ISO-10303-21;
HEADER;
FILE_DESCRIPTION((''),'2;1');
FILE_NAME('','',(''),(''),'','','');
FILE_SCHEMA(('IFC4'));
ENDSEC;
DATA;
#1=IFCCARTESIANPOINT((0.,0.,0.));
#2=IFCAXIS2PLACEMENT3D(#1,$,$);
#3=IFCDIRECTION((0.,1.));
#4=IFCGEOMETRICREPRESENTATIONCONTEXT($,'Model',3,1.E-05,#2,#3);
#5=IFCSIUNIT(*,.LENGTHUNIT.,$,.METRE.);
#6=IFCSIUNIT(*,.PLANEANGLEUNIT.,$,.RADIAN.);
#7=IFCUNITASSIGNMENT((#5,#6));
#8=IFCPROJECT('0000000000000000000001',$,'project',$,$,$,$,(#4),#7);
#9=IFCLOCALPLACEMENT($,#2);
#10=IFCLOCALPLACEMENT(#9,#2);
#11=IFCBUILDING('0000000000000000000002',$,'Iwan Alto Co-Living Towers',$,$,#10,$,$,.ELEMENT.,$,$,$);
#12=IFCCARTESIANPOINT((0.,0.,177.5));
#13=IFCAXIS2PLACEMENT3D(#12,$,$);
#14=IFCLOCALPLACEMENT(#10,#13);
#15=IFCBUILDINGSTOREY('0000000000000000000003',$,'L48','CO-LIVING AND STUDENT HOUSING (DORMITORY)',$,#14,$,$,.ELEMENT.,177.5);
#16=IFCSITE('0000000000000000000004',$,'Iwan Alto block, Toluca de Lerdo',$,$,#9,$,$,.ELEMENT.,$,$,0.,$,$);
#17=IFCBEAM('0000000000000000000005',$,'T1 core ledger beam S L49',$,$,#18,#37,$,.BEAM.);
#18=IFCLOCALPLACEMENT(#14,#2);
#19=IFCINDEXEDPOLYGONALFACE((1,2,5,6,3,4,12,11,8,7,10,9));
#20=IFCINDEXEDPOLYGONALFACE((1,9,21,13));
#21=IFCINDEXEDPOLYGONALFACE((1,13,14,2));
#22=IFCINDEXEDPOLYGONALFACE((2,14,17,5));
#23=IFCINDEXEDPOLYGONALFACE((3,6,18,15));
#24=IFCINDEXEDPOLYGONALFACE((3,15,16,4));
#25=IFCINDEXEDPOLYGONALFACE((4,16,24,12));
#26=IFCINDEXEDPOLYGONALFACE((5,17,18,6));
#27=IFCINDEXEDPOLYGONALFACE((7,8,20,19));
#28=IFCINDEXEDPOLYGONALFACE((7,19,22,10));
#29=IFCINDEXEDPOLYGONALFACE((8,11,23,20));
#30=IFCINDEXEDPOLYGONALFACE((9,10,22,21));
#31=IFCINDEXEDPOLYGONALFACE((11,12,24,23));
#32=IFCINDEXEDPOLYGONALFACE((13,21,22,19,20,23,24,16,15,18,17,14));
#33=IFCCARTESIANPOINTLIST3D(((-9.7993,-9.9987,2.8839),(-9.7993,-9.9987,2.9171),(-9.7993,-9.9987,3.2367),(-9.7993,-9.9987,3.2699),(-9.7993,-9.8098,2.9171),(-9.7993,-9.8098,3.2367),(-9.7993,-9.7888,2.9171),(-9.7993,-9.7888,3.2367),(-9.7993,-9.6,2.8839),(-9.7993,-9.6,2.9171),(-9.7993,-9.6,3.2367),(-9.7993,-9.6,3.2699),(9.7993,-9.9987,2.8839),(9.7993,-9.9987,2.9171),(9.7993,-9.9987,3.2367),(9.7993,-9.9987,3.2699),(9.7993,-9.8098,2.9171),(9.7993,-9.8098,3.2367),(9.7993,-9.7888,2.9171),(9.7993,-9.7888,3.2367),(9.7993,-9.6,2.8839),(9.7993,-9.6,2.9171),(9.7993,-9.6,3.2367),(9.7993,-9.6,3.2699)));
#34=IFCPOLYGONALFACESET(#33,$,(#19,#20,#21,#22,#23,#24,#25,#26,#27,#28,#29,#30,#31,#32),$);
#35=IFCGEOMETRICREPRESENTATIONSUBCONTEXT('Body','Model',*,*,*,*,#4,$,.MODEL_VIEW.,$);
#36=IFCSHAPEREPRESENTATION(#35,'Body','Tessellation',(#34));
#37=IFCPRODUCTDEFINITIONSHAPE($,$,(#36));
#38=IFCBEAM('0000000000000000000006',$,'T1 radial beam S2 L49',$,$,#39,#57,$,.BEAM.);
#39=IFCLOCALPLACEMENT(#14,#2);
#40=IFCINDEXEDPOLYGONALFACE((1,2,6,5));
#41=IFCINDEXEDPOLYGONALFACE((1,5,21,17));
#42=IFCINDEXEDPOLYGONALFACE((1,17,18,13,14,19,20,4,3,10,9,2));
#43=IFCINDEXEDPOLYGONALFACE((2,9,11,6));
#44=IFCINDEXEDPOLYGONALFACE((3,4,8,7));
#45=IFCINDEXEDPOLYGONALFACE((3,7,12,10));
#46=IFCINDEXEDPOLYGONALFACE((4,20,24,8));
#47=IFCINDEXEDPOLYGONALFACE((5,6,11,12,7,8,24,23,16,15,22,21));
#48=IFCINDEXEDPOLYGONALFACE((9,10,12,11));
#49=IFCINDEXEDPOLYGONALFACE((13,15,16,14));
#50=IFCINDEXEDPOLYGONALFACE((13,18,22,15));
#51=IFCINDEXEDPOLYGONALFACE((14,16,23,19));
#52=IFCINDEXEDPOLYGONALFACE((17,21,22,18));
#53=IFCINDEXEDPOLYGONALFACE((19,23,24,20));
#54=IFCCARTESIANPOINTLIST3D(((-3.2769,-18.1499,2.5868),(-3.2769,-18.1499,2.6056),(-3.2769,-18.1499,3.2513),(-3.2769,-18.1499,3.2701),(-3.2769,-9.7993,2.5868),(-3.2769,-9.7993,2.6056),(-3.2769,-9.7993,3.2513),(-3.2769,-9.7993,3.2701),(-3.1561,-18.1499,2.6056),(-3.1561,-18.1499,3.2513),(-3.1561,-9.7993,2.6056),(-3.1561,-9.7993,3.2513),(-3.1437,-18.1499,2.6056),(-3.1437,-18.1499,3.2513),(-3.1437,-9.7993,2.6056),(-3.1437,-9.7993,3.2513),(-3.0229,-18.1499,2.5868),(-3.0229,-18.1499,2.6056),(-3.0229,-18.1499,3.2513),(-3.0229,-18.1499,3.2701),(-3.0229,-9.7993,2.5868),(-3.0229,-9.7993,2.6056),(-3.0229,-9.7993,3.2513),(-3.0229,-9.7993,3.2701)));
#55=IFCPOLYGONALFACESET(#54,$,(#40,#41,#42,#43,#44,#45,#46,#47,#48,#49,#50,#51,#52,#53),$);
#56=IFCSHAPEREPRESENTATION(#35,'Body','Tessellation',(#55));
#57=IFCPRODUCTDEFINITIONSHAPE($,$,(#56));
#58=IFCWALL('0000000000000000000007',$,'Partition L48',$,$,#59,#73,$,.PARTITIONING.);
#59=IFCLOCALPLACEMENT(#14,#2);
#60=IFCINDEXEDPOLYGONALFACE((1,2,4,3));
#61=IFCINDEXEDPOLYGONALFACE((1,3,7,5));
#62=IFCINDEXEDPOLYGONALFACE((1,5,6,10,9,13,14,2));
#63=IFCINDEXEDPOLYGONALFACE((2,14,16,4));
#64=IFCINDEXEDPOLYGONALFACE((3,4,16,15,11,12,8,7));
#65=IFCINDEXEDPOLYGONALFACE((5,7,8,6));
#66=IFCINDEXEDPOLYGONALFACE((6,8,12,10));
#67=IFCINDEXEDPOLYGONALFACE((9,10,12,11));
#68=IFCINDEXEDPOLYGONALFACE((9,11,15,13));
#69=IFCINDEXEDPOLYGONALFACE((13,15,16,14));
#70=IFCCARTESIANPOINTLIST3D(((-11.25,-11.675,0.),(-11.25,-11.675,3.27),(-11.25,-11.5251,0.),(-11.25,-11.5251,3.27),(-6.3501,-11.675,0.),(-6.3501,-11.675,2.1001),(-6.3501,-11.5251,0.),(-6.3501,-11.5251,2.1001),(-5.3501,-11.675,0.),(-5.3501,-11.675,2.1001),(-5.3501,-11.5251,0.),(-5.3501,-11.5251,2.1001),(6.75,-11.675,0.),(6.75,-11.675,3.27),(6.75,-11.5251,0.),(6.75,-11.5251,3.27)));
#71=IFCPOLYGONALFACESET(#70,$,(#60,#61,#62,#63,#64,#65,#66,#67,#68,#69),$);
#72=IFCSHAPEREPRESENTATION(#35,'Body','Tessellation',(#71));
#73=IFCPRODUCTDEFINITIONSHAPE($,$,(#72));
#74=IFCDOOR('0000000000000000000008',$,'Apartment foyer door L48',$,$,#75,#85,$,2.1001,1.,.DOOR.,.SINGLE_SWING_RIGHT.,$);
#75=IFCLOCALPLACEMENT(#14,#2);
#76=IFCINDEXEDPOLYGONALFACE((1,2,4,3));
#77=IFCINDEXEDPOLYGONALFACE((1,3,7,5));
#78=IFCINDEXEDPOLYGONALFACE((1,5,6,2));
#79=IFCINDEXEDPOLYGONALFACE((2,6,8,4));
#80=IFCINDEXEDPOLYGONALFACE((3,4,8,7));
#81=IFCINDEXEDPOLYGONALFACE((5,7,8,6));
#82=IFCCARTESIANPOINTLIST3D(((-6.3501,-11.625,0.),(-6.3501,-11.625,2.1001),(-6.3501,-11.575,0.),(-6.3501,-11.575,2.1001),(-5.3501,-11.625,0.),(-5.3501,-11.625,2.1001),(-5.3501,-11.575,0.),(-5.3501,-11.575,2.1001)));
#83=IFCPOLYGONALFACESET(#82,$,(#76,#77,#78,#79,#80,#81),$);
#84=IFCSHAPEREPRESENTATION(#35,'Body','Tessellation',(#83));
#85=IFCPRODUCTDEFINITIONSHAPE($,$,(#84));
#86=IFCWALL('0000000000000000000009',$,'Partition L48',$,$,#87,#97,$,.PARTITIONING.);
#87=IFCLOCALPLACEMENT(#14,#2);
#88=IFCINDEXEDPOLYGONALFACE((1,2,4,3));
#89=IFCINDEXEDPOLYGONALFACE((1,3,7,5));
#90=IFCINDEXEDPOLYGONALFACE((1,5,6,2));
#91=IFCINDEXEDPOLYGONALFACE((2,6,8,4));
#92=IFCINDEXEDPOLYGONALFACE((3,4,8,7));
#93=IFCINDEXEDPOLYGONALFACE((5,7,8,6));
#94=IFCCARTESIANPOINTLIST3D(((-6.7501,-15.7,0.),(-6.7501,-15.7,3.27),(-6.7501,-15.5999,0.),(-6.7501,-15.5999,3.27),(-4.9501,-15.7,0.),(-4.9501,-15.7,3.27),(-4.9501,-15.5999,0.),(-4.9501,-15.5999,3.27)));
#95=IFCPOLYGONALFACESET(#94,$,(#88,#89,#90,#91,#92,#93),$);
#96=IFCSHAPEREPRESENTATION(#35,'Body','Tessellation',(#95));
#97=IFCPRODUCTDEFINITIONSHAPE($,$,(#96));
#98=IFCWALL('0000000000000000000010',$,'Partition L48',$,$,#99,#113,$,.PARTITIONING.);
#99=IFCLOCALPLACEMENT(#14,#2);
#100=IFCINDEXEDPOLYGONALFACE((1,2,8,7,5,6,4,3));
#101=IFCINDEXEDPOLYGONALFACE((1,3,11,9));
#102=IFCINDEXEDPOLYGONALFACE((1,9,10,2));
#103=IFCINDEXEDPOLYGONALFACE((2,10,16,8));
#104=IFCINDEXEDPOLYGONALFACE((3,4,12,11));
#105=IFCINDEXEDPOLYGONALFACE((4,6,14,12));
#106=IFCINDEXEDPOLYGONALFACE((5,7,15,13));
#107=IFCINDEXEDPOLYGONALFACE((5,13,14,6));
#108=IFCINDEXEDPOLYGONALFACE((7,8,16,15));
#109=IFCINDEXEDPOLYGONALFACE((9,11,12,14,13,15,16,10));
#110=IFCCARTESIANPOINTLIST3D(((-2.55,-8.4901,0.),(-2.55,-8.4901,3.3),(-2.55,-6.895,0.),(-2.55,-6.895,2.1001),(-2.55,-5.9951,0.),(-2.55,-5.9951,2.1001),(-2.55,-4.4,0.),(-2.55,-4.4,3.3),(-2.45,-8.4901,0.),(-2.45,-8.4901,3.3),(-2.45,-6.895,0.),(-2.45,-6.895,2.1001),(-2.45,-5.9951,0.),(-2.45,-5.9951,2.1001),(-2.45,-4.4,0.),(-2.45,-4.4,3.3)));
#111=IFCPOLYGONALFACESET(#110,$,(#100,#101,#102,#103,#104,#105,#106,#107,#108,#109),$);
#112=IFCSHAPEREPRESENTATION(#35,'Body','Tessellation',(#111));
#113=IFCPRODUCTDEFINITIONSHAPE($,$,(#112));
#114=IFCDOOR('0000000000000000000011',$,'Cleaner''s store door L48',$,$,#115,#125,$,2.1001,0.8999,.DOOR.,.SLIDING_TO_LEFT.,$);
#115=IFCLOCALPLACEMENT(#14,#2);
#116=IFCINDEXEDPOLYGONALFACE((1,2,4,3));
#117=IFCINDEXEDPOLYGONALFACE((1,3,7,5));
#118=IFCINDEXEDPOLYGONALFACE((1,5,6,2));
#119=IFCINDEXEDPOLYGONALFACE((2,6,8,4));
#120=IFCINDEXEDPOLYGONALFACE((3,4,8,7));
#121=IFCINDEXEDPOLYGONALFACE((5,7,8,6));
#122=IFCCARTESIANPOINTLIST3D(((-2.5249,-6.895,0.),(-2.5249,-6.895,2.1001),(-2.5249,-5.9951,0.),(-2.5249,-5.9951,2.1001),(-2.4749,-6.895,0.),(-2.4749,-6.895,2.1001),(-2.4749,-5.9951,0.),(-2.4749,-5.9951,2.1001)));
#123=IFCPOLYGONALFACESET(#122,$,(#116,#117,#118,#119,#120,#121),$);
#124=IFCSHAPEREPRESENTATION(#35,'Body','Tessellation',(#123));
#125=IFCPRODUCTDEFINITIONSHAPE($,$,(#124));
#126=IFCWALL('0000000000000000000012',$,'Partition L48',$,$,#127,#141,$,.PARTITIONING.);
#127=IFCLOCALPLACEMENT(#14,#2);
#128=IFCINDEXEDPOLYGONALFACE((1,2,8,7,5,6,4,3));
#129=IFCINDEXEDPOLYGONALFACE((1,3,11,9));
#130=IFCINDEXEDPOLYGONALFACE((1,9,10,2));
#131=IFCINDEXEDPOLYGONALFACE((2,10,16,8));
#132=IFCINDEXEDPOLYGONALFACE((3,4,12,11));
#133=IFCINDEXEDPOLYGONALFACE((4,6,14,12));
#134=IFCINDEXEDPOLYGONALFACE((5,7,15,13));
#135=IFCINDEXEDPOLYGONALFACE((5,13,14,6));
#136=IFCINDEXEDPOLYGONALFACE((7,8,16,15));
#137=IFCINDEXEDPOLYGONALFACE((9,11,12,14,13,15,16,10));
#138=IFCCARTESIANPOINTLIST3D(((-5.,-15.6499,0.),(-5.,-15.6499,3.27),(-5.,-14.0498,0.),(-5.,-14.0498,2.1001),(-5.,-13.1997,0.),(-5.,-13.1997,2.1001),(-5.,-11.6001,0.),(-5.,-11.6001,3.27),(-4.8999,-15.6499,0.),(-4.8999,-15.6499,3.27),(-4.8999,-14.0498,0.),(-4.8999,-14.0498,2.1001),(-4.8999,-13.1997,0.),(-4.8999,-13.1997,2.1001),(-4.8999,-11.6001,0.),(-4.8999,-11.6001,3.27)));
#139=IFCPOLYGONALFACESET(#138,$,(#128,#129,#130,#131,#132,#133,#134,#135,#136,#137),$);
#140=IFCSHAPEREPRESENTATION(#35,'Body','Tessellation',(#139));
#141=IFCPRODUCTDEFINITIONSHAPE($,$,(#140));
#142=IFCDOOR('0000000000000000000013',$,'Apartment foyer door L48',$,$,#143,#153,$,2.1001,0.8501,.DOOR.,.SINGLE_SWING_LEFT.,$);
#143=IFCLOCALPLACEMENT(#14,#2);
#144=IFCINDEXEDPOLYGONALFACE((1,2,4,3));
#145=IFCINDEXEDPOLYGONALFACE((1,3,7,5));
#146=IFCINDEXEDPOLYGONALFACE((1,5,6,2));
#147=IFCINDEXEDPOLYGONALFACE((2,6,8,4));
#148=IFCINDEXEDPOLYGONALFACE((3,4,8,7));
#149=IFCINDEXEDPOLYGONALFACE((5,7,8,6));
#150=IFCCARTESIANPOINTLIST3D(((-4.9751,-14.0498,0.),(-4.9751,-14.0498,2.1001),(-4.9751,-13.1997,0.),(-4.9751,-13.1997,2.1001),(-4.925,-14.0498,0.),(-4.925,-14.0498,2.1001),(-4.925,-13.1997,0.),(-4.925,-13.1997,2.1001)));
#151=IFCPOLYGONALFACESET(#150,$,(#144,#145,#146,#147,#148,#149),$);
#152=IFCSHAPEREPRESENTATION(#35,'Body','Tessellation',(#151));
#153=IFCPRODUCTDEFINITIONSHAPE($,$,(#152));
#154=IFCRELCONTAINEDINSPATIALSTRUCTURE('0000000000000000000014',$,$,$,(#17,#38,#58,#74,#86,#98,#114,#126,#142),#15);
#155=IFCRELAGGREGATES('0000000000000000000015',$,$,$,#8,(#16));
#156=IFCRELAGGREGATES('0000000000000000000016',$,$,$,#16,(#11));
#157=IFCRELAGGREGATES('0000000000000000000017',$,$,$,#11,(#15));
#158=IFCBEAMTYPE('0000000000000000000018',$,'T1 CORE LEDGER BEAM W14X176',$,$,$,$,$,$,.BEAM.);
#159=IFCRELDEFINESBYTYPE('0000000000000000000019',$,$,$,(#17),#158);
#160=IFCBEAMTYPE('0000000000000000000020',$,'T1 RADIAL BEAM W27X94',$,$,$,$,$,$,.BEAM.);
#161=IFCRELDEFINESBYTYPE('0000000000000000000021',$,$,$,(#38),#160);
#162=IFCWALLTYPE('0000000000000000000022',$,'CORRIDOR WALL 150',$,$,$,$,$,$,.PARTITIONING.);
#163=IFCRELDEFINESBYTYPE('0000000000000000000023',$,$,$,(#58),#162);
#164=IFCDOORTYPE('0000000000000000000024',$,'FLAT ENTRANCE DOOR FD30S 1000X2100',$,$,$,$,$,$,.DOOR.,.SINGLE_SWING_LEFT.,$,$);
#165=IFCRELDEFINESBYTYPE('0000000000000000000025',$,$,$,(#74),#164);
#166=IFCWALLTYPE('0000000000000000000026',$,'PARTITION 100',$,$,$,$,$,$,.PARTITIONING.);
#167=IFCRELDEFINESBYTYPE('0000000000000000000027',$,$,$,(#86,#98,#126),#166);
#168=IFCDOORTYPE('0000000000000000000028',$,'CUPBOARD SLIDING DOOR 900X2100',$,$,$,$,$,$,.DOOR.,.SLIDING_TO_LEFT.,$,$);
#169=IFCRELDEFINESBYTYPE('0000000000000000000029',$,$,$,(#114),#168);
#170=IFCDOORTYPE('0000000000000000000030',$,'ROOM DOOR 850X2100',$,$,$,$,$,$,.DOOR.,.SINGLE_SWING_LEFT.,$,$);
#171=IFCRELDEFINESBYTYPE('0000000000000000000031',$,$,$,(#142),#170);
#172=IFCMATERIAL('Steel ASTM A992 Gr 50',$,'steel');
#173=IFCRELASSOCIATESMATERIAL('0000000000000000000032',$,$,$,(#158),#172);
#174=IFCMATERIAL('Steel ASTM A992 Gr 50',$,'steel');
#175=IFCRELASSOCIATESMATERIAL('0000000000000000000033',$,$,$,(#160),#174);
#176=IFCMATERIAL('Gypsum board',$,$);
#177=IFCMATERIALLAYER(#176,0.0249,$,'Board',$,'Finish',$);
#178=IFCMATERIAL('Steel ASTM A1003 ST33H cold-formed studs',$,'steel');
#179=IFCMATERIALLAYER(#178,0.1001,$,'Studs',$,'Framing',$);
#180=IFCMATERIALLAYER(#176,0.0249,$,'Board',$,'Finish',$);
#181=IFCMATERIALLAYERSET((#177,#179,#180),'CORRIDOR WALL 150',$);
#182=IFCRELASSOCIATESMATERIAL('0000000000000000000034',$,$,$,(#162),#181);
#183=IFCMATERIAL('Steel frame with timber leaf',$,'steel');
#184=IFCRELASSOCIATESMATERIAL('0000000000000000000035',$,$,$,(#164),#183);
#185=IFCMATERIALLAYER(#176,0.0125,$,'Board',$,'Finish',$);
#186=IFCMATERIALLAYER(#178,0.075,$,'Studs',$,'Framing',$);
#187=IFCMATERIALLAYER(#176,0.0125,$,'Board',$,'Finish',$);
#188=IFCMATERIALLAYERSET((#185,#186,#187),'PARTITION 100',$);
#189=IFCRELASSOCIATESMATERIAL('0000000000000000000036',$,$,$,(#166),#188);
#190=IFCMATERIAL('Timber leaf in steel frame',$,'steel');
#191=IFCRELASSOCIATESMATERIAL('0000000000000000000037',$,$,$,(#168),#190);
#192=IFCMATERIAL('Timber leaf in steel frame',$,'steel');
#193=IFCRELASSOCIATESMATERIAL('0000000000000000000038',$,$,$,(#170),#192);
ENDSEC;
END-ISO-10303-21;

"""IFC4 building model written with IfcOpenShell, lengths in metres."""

from ifc_helpers import new_model, si_unit, direction, frame, frame_2d, origin, origin_2d, place, context, subcontext, project, spatial, rectangle, i_section, extrude, material, layer, layer_set, material_profile, profile_set, type_object, element, fill, save


model = new_model("IFC4")

# Units and contexts
model_context = context("Model", 3, precision=1e-05, world=origin(), true_north=direction((0.0, 1.0)))
body_context = subcontext(model_context, "Body", "Model", "MODEL_VIEW")
ifc_project = project(units=[si_unit("LENGTHUNIT", "METRE"), si_unit("PLANEANGLEUNIT", "RADIAN")], contexts=[model_context])

# Site, building, storey
site_placement = place(None, origin())
site = spatial("IfcSite", under=ifc_project, at=site_placement, Name="Iwan Alto block, Toluca de Lerdo", CompositionType="ELEMENT", RefElevation=0.0)
building_placement = place(site_placement, origin())
building = spatial("IfcBuilding", under=site, at=building_placement, Name="Iwan Alto Co-Living Towers", CompositionType="ELEMENT")
storey_placement = place(building_placement, frame((0.0, 0.0, 177.5)))
storey = spatial("IfcBuildingStorey", under=building, at=storey_placement, Name="L48", Description="CO-LIVING AND STUDENT HOUSING (DORMITORY)", CompositionType="ELEMENT", Elevation=177.5)

# Beams
ifc_material_1 = material(Name="Steel ASTM A992 Gr 50", Category="steel")
ifc_material_profile_1 = material_profile(ifc_material_1, i_section(OverallWidth=0.3987, OverallDepth=0.386, WebThickness=0.021, FlangeThickness=0.0332, at=origin_2d()), Name="W14X176")
ifc_profile_set_1 = profile_set([ifc_material_profile_1], Name="Steel ASTM A992 Gr 50")
beam_type_1 = type_object("IfcBeamType", Name="T1 CORE LEDGER BEAM W14X176", PredefinedType="BEAM", material=ifc_profile_set_1)
beam_1_placement = place(storey_placement, frame((-9.7993, -9.7993, 3.0769), z_axis=(1.0, 0.0, 0.0), x_axis=(0.0, 1.0, 0.0)))
element("IfcBeam", 1, at=beam_1_placement, inside=storey, type_object=beam_type_1, Name="T1 core ledger beam S L49", PredefinedType="BEAM", context=body_context, shape_type="SweptSolid", body=[
    extrude(i_section(OverallWidth=0.3987, OverallDepth=0.386, WebThickness=0.021, FlangeThickness=0.0332, at=origin_2d()), origin(), (0.0, 0.0, 1.0), 19.5986),
])
ifc_material_2 = material(Name="Steel ASTM A992 Gr 50", Category="steel")
ifc_material_profile_2 = material_profile(ifc_material_2, i_section(OverallWidth=0.2539, OverallDepth=0.6833, WebThickness=0.0125, FlangeThickness=0.0188, at=origin_2d()), Name="W27X94")
ifc_profile_set_2 = profile_set([ifc_material_profile_2], Name="Steel ASTM A992 Gr 50")
beam_type_2 = type_object("IfcBeamType", Name="T1 RADIAL BEAM W27X94", PredefinedType="BEAM", material=ifc_profile_set_2)
beam_2_placement = place(storey_placement, frame((-3.1499, -18.1499, 2.9285), z_axis=(0.0, 1.0, 0.0), x_axis=(-1.0, 0.0, 0.0)))
element("IfcBeam", 2, at=beam_2_placement, inside=storey, type_object=beam_type_2, Name="T1 radial beam S2 L49", PredefinedType="BEAM", context=body_context, shape_type="SweptSolid", body=[
    extrude(i_section(OverallWidth=0.2539, OverallDepth=0.6833, WebThickness=0.0125, FlangeThickness=0.0188, at=origin_2d()), origin(), (0.0, 0.0, 1.0), 8.3506),
])

# Wall, opening, door
ifc_material_3 = material(Name="Gypsum board")
ifc_layer_1 = layer(ifc_material_3, 0.0249, Name="Board", Category="Finish")
ifc_material_4 = material(Name="Steel ASTM A1003 ST33H cold-formed studs", Category="steel")
ifc_layer_2 = layer(ifc_material_4, 0.1001, Name="Studs", Category="Framing")
ifc_layer_3 = layer(ifc_material_3, 0.0249, Name="Board", Category="Finish")
ifc_layer_set_1 = layer_set([ifc_layer_1, ifc_layer_2, ifc_layer_3], Name="CORRIDOR WALL 150")
wall_type_1 = type_object("IfcWallType", Name="CORRIDOR WALL 150", PredefinedType="PARTITIONING", material=ifc_layer_set_1)
wall_1_placement = place(storey_placement, frame((-11.25, -11.6001, 0.0), z_axis=(0.0, 0.0, 1.0), x_axis=(1.0, 0.0, 0.0)))
wall_1 = element("IfcWall", 3, at=wall_1_placement, inside=storey, type_object=wall_type_1, Name="Partition L48", PredefinedType="PARTITIONING", context=body_context, shape_type="SweptSolid", body=[
    extrude(rectangle(XDim=18.0, YDim=0.1499, at=frame_2d((9.0, 0.0))), origin(), (0.0, 0.0, 1.0), 3.27),
])
opening_1_placement = place(wall_1_placement, frame((4.8999, 0.0, 0.0)))
opening_1 = element("IfcOpeningElement", 4, at=opening_1_placement, cuts=wall_1, PredefinedType="OPENING", context=body_context, shape_type="SweptSolid", body=[
    extrude(rectangle(XDim=1.0, YDim=2.1001, at=frame_2d((0.5, 1.05))), frame((0.0, 0.085, 0.0), z_axis=(0.0, -1.0, 0.0), x_axis=(1.0, 0.0, 0.0)), (0.0, 0.0, 1.0), 0.1699),
])
ifc_material_5 = material(Name="Steel frame with timber leaf", Category="steel")
door_type_1 = type_object("IfcDoorType", Name="FLAT ENTRANCE DOOR FD30S 1000X2100", OperationType="SINGLE_SWING_LEFT", PredefinedType="DOOR", material=ifc_material_5)
door_1_placement = place(opening_1_placement, frame((1.0, 0.0, 0.0), z_axis=(0.0, 0.0, 1.0), x_axis=(-1.0, 0.0, 0.0)))
door_1 = element("IfcDoor", 5, at=door_1_placement, inside=storey, type_object=door_type_1, Name="Apartment foyer door L48", OperationType="SINGLE_SWING_RIGHT", OverallHeight=2.1001, OverallWidth=1.0, PredefinedType="DOOR", context=body_context, shape_type="SweptSolid", body=[
    extrude(rectangle(XDim=1.0, YDim=2.1001, at=frame_2d((0.5, 1.05))), frame((0.0, 0.0249, 0.0), z_axis=(0.0, -1.0, 0.0), x_axis=(1.0, 0.0, 0.0)), (0.0, 0.0, 1.0), 0.05),
])
fill(opening_1, door_1)

# Wall
ifc_layer_4 = layer(ifc_material_3, 0.0125, Name="Board", Category="Finish")
ifc_layer_5 = layer(ifc_material_4, 0.075, Name="Studs", Category="Framing")
ifc_layer_6 = layer(ifc_material_3, 0.0125, Name="Board", Category="Finish")
ifc_layer_set_2 = layer_set([ifc_layer_4, ifc_layer_5, ifc_layer_6], Name="PARTITION 100")
wall_type_2 = type_object("IfcWallType", Name="PARTITION 100", PredefinedType="PARTITIONING", material=ifc_layer_set_2)
wall_2_placement = place(storey_placement, frame((-6.75, -15.6499, 0.0), z_axis=(0.0, 0.0, 1.0), x_axis=(1.0, 0.0, 0.0)))
element("IfcWall", 6, at=wall_2_placement, inside=storey, type_object=wall_type_2, Name="Partition L48", PredefinedType="PARTITIONING", context=body_context, shape_type="SweptSolid", body=[
    extrude(rectangle(XDim=1.8, YDim=0.1001, at=frame_2d((0.8999, 0.0))), origin(), (0.0, 0.0, 1.0), 3.27),
])

# Walls, openings, doors
wall_3_placement = place(storey_placement, frame((-2.5, -8.49, 0.0), z_axis=(0.0, 0.0, 1.0), x_axis=(0.0, 1.0, 0.0)))
wall_3 = element("IfcWall", 7, at=wall_3_placement, inside=storey, type_object=wall_type_2, Name="Partition L48", PredefinedType="PARTITIONING", context=body_context, shape_type="SweptSolid", body=[
    extrude(rectangle(XDim=4.0901, YDim=0.1001, at=frame_2d((2.0449, 0.0))), origin(), (0.0, 0.0, 1.0), 3.3),
])
opening_2_placement = place(wall_3_placement, frame((1.595, 0.0, 0.0)))
opening_2 = element("IfcOpeningElement", 8, at=opening_2_placement, cuts=wall_3, PredefinedType="OPENING", context=body_context, shape_type="SweptSolid", body=[
    extrude(rectangle(XDim=0.8999, YDim=2.1001, at=frame_2d((0.45, 1.05))), frame((0.0, 0.0601, 0.0), z_axis=(0.0, -1.0, 0.0), x_axis=(1.0, 0.0, 0.0)), (0.0, 0.0, 1.0), 0.1201),
])
ifc_material_6 = material(Name="Timber leaf in steel frame", Category="steel")
door_type_2 = type_object("IfcDoorType", Name="CUPBOARD SLIDING DOOR 900X2100", OperationType="SLIDING_TO_LEFT", PredefinedType="DOOR", material=ifc_material_6)
door_2_placement = place(opening_2_placement, origin())
door_2 = element("IfcDoor", 9, at=door_2_placement, inside=storey, type_object=door_type_2, Name="Cleaner's store door L48", OperationType="SLIDING_TO_LEFT", OverallHeight=2.1001, OverallWidth=0.8999, PredefinedType="DOOR", context=body_context, shape_type="SweptSolid", body=[
    extrude(rectangle(XDim=0.8999, YDim=2.1001, at=frame_2d((0.45, 1.05))), frame((0.0, 0.0249, 0.0), z_axis=(0.0, -1.0, 0.0), x_axis=(1.0, 0.0, 0.0)), (0.0, 0.0, 1.0), 0.05),
])
fill(opening_2, door_2)
wall_4_placement = place(storey_placement, frame((-4.95, -15.6499, 0.0), z_axis=(0.0, 0.0, 1.0), x_axis=(0.0, 1.0, 0.0)))
wall_4 = element("IfcWall", 10, at=wall_4_placement, inside=storey, type_object=wall_type_2, Name="Partition L48", PredefinedType="PARTITIONING", context=body_context, shape_type="SweptSolid", body=[
    extrude(rectangle(XDim=4.0498, YDim=0.1001, at=frame_2d((2.0249, 0.0))), origin(), (0.0, 0.0, 1.0), 3.27),
])
opening_3_placement = place(wall_4_placement, frame((1.6001, 0.0, 0.0)))
opening_3 = element("IfcOpeningElement", 11, at=opening_3_placement, cuts=wall_4, PredefinedType="OPENING", context=body_context, shape_type="SweptSolid", body=[
    extrude(rectangle(XDim=0.8501, YDim=2.1001, at=frame_2d((0.425, 1.05))), frame((0.0, 0.0601, 0.0), z_axis=(0.0, -1.0, 0.0), x_axis=(1.0, 0.0, 0.0)), (0.0, 0.0, 1.0), 0.1201),
])
ifc_material_7 = material(Name="Timber leaf in steel frame", Category="steel")
door_type_3 = type_object("IfcDoorType", Name="ROOM DOOR 850X2100", OperationType="SINGLE_SWING_LEFT", PredefinedType="DOOR", material=ifc_material_7)
door_3_placement = place(opening_3_placement, frame((0.8501, 0.0, 0.0), z_axis=(0.0, 0.0, 1.0), x_axis=(-1.0, 0.0, 0.0)))
door_3 = element("IfcDoor", 12, at=door_3_placement, inside=storey, type_object=door_type_3, Name="Apartment foyer door L48", OperationType="SINGLE_SWING_LEFT", OverallHeight=2.1001, OverallWidth=0.8501, PredefinedType="DOOR", context=body_context, shape_type="SweptSolid", body=[
    extrude(rectangle(XDim=0.8501, YDim=2.1001, at=frame_2d((0.425, 1.05))), frame((0.0, 0.0249, 0.0), z_axis=(0.0, -1.0, 0.0), x_axis=(1.0, 0.0, 0.0)), (0.0, 0.0, 1.0), 0.05),
])
fill(opening_3, door_3)

save(model, "model.ifc")
